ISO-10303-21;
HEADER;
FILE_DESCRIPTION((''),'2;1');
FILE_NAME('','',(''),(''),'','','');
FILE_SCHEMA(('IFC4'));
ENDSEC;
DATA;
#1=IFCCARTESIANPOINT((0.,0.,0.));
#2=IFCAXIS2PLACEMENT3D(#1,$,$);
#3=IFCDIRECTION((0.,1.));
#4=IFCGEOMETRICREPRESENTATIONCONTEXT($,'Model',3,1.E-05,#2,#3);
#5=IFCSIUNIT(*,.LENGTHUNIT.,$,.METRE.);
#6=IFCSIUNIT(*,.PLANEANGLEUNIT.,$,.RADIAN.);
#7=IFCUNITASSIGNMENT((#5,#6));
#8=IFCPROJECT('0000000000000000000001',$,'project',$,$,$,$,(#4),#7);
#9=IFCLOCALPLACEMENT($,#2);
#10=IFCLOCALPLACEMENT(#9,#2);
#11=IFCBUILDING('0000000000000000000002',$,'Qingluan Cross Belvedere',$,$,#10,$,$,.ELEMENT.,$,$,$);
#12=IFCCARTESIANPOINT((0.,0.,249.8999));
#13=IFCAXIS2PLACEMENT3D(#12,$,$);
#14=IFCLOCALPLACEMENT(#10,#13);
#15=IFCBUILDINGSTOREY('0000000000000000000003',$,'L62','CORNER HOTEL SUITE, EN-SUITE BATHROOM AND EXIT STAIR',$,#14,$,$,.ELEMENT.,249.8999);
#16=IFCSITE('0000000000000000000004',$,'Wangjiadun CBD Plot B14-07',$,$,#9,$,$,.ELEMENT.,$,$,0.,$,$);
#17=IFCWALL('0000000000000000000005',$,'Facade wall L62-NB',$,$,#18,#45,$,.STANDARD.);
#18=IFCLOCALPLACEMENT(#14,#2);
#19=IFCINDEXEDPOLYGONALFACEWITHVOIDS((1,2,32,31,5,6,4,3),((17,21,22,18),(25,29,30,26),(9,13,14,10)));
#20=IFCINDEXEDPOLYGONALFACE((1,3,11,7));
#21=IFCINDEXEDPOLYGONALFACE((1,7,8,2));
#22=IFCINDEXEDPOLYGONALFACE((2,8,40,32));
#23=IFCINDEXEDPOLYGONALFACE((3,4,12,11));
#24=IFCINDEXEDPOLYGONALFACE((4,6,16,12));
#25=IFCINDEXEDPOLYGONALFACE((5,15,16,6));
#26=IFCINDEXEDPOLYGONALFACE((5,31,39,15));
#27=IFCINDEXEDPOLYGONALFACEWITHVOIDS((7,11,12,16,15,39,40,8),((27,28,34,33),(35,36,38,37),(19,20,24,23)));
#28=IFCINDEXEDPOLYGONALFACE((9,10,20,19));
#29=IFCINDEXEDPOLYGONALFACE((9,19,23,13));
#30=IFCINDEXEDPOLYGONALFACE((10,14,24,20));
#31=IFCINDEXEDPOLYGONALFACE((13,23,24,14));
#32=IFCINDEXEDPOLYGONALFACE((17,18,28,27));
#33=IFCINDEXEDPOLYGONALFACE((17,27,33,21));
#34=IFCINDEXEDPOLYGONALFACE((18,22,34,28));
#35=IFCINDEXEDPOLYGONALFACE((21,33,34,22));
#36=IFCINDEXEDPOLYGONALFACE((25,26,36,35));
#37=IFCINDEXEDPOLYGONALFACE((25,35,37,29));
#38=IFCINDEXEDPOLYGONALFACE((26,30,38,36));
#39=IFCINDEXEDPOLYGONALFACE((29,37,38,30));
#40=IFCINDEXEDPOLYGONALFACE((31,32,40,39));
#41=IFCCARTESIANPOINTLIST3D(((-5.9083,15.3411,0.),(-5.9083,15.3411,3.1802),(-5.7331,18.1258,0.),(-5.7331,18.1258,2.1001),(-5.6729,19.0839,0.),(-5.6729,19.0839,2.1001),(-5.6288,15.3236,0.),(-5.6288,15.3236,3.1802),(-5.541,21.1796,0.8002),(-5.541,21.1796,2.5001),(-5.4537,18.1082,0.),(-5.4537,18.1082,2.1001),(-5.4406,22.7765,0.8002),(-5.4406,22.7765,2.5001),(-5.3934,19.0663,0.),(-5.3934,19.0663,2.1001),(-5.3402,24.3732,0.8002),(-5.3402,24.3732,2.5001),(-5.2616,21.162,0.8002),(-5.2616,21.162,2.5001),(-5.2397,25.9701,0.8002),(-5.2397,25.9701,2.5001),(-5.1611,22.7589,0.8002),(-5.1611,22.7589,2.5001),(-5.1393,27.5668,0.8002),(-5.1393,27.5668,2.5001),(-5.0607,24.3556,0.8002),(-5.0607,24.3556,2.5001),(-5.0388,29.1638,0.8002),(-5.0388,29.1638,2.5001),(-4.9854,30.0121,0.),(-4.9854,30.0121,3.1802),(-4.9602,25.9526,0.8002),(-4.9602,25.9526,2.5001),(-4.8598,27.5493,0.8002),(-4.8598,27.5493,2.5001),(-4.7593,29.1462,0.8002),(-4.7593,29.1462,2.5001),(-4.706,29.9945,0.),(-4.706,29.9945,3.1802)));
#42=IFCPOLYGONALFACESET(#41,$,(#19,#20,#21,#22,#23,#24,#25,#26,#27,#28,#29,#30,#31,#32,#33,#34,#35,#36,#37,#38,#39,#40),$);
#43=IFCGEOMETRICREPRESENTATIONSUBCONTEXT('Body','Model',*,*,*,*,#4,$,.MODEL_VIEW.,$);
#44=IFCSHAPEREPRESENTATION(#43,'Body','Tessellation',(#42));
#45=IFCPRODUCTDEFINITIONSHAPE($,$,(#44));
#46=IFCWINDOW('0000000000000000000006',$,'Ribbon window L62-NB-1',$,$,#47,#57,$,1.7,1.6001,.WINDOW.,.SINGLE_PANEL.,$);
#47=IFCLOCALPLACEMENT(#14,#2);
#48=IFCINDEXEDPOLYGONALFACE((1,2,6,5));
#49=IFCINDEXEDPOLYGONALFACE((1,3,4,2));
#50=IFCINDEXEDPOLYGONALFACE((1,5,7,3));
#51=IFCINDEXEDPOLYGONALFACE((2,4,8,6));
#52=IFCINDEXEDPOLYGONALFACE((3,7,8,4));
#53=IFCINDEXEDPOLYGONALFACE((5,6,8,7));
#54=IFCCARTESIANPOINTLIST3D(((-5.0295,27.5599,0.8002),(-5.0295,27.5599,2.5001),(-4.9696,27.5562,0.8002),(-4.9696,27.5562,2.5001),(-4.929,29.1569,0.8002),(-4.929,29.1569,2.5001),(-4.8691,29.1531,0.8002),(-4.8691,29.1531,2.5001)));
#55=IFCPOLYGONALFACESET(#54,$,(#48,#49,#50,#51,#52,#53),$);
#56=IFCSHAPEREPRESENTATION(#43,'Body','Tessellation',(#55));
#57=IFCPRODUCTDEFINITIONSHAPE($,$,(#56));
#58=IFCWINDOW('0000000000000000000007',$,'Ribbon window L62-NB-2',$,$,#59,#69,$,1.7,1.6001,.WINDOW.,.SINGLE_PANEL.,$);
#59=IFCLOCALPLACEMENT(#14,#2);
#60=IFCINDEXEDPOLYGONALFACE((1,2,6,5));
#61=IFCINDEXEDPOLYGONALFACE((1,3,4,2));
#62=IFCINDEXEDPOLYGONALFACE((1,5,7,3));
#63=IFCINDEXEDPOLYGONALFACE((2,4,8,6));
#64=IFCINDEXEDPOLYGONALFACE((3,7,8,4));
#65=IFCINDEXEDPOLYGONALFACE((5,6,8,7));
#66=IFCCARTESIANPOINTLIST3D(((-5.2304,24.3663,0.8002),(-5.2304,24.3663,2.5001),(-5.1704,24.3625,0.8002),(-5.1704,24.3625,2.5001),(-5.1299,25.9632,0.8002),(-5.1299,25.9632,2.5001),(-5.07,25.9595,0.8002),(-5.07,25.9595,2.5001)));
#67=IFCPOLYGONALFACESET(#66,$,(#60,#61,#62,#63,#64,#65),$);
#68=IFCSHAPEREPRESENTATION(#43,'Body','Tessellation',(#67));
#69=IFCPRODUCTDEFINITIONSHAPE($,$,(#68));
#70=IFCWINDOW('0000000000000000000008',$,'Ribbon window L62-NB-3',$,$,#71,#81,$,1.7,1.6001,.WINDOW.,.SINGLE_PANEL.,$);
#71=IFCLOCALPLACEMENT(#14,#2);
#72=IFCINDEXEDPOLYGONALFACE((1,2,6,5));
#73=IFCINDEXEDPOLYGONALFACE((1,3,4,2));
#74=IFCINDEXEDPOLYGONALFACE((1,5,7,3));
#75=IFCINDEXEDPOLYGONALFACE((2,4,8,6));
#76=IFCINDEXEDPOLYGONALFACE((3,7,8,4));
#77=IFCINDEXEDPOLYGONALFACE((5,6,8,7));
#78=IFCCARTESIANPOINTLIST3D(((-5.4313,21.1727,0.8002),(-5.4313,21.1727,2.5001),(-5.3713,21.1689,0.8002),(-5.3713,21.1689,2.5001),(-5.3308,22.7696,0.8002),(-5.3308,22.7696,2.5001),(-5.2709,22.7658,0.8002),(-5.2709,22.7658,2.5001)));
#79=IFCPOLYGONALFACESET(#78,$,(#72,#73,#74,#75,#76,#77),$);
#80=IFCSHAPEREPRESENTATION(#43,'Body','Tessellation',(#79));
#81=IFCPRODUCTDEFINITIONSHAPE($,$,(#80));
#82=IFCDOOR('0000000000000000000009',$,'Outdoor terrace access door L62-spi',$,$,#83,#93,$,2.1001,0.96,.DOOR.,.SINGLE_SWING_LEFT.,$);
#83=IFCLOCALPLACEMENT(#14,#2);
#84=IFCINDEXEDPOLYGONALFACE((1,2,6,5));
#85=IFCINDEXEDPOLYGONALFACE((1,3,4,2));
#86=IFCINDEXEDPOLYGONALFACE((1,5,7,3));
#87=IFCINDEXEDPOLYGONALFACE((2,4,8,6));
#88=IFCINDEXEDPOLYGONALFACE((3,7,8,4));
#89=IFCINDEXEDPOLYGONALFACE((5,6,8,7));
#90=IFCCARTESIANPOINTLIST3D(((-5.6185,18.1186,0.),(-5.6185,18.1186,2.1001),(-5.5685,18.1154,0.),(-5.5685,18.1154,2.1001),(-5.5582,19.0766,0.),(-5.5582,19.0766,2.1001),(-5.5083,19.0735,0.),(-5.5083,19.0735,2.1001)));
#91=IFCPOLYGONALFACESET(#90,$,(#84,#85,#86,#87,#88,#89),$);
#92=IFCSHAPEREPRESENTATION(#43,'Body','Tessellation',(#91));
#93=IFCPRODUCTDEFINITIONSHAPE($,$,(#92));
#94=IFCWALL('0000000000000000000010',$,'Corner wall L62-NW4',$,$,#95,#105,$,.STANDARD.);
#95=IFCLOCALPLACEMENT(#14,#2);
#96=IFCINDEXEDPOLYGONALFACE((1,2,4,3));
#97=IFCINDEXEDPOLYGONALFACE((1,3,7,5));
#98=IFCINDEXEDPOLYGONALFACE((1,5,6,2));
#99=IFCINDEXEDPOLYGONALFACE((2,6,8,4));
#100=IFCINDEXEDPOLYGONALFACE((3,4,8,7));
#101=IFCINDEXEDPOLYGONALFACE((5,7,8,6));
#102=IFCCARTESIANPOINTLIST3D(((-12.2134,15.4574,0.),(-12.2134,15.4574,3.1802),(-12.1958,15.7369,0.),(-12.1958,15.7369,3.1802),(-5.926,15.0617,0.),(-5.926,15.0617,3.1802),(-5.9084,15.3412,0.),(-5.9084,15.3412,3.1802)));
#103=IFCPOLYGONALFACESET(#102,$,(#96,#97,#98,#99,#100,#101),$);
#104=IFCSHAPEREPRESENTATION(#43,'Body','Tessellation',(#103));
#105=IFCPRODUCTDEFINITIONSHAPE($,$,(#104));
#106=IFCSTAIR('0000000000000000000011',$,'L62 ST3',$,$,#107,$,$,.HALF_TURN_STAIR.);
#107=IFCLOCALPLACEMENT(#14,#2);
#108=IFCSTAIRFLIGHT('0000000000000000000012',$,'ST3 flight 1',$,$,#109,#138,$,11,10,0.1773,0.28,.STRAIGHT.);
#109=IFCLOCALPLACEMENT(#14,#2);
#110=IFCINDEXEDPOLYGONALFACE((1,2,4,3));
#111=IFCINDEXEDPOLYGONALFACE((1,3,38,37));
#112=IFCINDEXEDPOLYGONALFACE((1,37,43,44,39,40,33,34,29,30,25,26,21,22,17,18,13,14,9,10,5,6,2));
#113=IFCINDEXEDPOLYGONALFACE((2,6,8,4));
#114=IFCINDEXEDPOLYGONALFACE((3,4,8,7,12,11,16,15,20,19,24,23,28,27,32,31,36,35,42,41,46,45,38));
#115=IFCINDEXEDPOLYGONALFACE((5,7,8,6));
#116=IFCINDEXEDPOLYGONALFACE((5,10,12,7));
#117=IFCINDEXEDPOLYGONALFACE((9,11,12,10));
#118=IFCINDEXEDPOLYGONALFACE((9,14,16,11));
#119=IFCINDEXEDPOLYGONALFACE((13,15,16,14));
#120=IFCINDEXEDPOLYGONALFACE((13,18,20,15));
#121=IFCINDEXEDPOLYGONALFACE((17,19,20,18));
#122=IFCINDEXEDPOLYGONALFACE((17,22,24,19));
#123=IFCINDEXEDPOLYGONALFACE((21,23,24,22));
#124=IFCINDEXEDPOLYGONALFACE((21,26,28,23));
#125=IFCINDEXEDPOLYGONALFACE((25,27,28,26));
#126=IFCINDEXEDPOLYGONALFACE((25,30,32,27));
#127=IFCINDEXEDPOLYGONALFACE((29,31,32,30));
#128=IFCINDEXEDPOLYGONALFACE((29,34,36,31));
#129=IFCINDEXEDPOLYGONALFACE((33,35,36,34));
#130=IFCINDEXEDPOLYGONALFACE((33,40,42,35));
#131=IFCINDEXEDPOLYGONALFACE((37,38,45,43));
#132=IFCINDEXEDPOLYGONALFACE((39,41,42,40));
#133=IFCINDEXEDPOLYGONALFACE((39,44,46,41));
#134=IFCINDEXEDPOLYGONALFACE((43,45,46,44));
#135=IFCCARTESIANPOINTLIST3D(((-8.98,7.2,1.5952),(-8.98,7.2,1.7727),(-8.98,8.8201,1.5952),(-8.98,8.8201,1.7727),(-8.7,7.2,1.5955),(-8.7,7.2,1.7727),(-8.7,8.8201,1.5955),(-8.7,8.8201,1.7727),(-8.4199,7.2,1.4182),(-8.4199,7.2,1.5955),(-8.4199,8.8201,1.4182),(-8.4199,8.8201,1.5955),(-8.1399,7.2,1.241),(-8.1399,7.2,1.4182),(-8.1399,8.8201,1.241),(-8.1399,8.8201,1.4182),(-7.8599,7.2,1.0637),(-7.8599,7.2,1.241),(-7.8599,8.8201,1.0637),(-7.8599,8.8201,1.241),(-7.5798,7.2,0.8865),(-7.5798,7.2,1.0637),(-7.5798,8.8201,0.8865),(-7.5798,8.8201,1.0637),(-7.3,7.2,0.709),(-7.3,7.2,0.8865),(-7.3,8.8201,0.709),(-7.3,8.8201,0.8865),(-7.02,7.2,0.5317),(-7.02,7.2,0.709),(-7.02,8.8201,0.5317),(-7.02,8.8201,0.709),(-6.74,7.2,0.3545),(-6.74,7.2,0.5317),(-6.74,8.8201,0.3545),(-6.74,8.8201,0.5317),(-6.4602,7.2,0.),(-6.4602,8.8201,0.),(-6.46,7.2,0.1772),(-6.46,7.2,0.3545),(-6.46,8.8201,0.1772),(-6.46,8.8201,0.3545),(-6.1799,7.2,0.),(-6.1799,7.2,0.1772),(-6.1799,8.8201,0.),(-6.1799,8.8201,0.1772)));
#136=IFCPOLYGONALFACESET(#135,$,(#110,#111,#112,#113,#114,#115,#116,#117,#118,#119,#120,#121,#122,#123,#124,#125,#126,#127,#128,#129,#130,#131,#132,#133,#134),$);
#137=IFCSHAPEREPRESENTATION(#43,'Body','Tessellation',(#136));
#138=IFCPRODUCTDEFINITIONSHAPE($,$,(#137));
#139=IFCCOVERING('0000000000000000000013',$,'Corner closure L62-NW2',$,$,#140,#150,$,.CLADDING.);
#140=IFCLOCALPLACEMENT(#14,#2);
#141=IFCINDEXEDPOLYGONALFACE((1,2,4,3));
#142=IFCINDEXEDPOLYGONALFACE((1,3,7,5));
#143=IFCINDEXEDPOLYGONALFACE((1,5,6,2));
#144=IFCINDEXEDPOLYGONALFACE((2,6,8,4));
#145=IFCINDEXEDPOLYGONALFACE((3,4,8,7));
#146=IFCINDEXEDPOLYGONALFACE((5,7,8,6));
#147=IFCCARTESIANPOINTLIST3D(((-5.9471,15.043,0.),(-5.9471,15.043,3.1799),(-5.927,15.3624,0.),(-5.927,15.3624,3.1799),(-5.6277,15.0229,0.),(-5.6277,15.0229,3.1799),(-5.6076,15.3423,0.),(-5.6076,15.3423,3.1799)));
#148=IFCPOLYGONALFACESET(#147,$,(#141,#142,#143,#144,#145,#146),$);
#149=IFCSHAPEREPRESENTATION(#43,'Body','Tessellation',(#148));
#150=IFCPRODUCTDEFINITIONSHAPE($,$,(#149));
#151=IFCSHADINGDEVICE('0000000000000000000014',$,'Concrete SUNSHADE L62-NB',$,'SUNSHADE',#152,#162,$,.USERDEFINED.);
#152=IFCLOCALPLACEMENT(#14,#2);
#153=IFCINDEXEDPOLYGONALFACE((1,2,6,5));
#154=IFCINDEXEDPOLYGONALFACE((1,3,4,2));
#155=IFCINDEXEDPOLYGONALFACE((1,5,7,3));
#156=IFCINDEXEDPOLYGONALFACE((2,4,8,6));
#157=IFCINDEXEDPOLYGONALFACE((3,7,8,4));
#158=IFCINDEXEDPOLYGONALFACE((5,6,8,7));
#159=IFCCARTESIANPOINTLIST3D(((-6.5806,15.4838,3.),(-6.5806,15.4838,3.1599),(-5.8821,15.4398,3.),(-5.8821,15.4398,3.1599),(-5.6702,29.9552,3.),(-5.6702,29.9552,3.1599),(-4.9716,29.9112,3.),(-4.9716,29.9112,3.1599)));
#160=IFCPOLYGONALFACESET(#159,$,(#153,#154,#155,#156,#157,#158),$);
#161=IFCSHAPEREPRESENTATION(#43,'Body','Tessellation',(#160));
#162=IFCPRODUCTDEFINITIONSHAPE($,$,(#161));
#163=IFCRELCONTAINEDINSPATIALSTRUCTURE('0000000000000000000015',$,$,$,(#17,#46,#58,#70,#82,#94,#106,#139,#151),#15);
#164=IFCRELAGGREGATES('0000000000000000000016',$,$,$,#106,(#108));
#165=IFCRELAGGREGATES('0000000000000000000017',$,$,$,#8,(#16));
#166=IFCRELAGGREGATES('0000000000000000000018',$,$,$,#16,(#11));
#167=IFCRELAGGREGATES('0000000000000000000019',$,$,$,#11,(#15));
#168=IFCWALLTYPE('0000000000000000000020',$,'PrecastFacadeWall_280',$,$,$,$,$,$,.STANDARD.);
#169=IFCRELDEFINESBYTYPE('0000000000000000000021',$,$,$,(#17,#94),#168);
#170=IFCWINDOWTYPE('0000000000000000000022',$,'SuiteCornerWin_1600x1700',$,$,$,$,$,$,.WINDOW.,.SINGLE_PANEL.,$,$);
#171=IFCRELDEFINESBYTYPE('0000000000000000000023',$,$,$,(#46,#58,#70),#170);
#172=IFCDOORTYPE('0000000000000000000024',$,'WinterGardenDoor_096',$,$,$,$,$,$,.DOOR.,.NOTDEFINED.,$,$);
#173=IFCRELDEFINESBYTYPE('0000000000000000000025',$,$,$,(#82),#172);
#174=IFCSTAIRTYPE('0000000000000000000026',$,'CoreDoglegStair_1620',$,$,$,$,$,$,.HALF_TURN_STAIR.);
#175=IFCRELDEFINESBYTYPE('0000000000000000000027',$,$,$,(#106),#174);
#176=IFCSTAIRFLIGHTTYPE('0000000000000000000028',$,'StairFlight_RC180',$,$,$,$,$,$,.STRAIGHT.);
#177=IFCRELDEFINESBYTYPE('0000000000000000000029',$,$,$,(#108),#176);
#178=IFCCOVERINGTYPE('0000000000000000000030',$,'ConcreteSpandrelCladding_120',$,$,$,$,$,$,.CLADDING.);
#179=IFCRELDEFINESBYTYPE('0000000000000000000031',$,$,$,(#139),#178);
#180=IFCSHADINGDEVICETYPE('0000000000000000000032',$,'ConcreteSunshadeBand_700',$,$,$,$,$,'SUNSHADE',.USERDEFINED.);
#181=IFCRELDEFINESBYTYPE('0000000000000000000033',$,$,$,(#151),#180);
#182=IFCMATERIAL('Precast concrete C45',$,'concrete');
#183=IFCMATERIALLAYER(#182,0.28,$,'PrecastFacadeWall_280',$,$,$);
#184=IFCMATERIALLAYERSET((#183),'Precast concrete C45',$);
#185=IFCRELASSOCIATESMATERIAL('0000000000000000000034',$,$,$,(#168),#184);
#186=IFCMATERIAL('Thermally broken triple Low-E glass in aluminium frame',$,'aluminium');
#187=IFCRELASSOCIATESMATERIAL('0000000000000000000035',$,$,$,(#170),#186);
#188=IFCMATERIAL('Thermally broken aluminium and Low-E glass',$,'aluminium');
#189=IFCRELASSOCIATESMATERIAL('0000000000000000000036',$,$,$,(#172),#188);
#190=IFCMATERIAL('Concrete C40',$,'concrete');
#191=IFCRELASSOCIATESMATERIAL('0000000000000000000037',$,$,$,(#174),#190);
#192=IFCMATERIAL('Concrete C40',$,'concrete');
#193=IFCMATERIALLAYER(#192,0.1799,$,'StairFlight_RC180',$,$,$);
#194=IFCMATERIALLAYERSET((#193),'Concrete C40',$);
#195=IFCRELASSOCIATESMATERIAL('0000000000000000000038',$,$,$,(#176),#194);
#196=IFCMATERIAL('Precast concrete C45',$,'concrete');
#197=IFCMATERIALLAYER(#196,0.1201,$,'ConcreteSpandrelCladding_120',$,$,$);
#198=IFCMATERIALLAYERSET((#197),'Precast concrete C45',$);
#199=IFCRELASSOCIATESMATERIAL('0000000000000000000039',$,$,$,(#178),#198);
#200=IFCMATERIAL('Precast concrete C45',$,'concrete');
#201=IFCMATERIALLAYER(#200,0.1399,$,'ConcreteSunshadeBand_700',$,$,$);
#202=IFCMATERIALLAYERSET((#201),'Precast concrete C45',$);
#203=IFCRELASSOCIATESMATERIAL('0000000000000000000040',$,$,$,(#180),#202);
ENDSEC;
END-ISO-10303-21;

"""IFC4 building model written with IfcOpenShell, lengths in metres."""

from ifc_helpers import new_model, si_unit, direction, frame, frame_2d, origin, origin_2d, place, context, subcontext, project, spatial, polyline, rectangle, outline, extrude, material, layer, layer_set, type_object, element, fill, aggregate, save


model = new_model("IFC4")

# Units and contexts
model_context = context("Model", 3, precision=1e-05, world=origin(), true_north=direction((0.0, 1.0)))
body_context = subcontext(model_context, "Body", "Model", "MODEL_VIEW")
ifc_project = project(units=[si_unit("LENGTHUNIT", "METRE"), si_unit("PLANEANGLEUNIT", "RADIAN")], contexts=[model_context])

# Site, building, storey
site_placement = place(None, origin())
site = spatial("IfcSite", under=ifc_project, at=site_placement, Name="Wangjiadun CBD Plot B14-07", CompositionType="ELEMENT", RefElevation=0.0)
building_placement = place(site_placement, origin())
building = spatial("IfcBuilding", under=site, at=building_placement, Name="Qingluan Cross Belvedere", CompositionType="ELEMENT")
storey_placement = place(building_placement, frame((0.0, 0.0, 249.8999)))
storey = spatial("IfcBuildingStorey", under=building, at=storey_placement, Name="L62", Description="CORNER HOTEL SUITE, EN-SUITE BATHROOM AND EXIT STAIR", CompositionType="ELEMENT", Elevation=249.8999)

# Wall, openings, windows, door
ifc_material_1 = material(Name="Precast concrete C45", Category="concrete")
ifc_layer_1 = layer(ifc_material_1, 0.28, Name="PrecastFacadeWall_280")
ifc_layer_set_1 = layer_set([ifc_layer_1], Name="Precast concrete C45")
wall_type_1 = type_object("IfcWallType", Name="PrecastFacadeWall_280", PredefinedType="STANDARD", material=ifc_layer_set_1)
wall_1_placement = place(storey_placement, frame((-4.8457, 30.0034, 0.0), z_axis=(0.0, 0.0, 1.0), x_axis=(-0.062779, -0.998027, 0.0)))
wall_1 = element("IfcWall", 1, at=wall_1_placement, inside=storey, type_object=wall_type_1, Name="Facade wall L62-NB", PredefinedType="STANDARD", context=body_context, shape_type="SweptSolid", body=[
    extrude(rectangle(XDim=14.7, YDim=0.28, at=frame_2d((7.3501, 0.0))), origin(), (0.0, 0.0, 1.0), 3.1802),
])
opening_1_placement = place(wall_1_placement, frame((0.8501, 0.0, 0.8)))
opening_1 = element("IfcOpeningElement", 2, at=opening_1_placement, cuts=wall_1, PredefinedType="OPENING", context=body_context, shape_type="SweptSolid", body=[
    extrude(rectangle(XDim=1.6001, YDim=1.7, at=frame_2d((0.8, 0.8501))), frame((0.0, 0.1499, 0.0), z_axis=(0.0, -1.0, 0.0), x_axis=(1.0, 0.0, 0.0)), (0.0, 0.0, 1.0), 0.3),
])
opening_2_placement = place(wall_1_placement, frame((4.05, 0.0, 0.8)))
opening_2 = element("IfcOpeningElement", 3, at=opening_2_placement, cuts=wall_1, PredefinedType="OPENING", context=body_context, shape_type="SweptSolid", body=[
    extrude(rectangle(XDim=1.6001, YDim=1.7, at=frame_2d((0.8, 0.8501))), frame((0.0, 0.1499, 0.0), z_axis=(0.0, -1.0, 0.0), x_axis=(1.0, 0.0, 0.0)), (0.0, 0.0, 1.0), 0.3),
])
opening_3_placement = place(wall_1_placement, frame((7.25, 0.0, 0.8)))
opening_3 = element("IfcOpeningElement", 4, at=opening_3_placement, cuts=wall_1, PredefinedType="OPENING", context=body_context, shape_type="SweptSolid", body=[
    extrude(rectangle(XDim=1.6001, YDim=1.7, at=frame_2d((0.8, 0.8501))), frame((0.0, 0.1499, 0.0), z_axis=(0.0, -1.0, 0.0), x_axis=(1.0, 0.0, 0.0)), (0.0, 0.0, 1.0), 0.3),
])
opening_4_placement = place(wall_1_placement, frame((10.95, 0.0, 0.0)))
opening_4 = element("IfcOpeningElement", 5, at=opening_4_placement, cuts=wall_1, PredefinedType="OPENING", context=body_context, shape_type="SweptSolid", body=[
    extrude(rectangle(XDim=0.96, YDim=2.1001, at=frame_2d((0.48, 1.05))), frame((0.0, 0.1499, 0.0), z_axis=(0.0, -1.0, 0.0), x_axis=(1.0, 0.0, 0.0)), (0.0, 0.0, 1.0), 0.3),
])
ifc_material_2 = material(Name="Thermally broken triple Low-E glass in aluminium frame", Category="aluminium")
window_type = type_object("IfcWindowType", Name="SuiteCornerWin_1600x1700", PartitioningType="SINGLE_PANEL", PredefinedType="WINDOW", material=ifc_material_2)
window_1_placement = place(opening_1_placement, origin())
window_1 = element("IfcWindow", 6, at=window_1_placement, inside=storey, type_object=window_type, Name="Ribbon window L62-NB-1", OverallHeight=1.7, OverallWidth=1.6001, PartitioningType="SINGLE_PANEL", PredefinedType="WINDOW", context=body_context, shape_type="SweptSolid", body=[
    extrude(rectangle(XDim=1.6001, YDim=1.7, at=frame_2d((0.8, 0.8501))), frame((0.0, 0.03, 0.0), z_axis=(0.0, -1.0, 0.0), x_axis=(1.0, 0.0, 0.0)), (0.0, 0.0, 1.0), 0.0601),
])
fill(opening_1, window_1)
window_2_placement = place(opening_2_placement, origin())
window_2 = element("IfcWindow", 7, at=window_2_placement, inside=storey, type_object=window_type, Name="Ribbon window L62-NB-2", OverallHeight=1.7, OverallWidth=1.6001, PartitioningType="SINGLE_PANEL", PredefinedType="WINDOW", context=body_context, shape_type="SweptSolid", body=[
    extrude(rectangle(XDim=1.6001, YDim=1.7, at=frame_2d((0.8, 0.8501))), frame((0.0, 0.03, 0.0), z_axis=(0.0, -1.0, 0.0), x_axis=(1.0, 0.0, 0.0)), (0.0, 0.0, 1.0), 0.0601),
])
fill(opening_2, window_2)
window_3_placement = place(opening_3_placement, origin())
window_3 = element("IfcWindow", 8, at=window_3_placement, inside=storey, type_object=window_type, Name="Ribbon window L62-NB-3", OverallHeight=1.7, OverallWidth=1.6001, PartitioningType="SINGLE_PANEL", PredefinedType="WINDOW", context=body_context, shape_type="SweptSolid", body=[
    extrude(rectangle(XDim=1.6001, YDim=1.7, at=frame_2d((0.8, 0.8501))), frame((0.0, 0.03, 0.0), z_axis=(0.0, -1.0, 0.0), x_axis=(1.0, 0.0, 0.0)), (0.0, 0.0, 1.0), 0.0601),
])
fill(opening_3, window_3)
ifc_material_3 = material(Name="Thermally broken aluminium and Low-E glass", Category="aluminium")
door_type_1 = type_object("IfcDoorType", Name="WinterGardenDoor_096", OperationType="NOTDEFINED", PredefinedType="DOOR", material=ifc_material_3)
door_1_placement = place(opening_4_placement, origin())
door_1 = element("IfcDoor", 9, at=door_1_placement, inside=storey, type_object=door_type_1, Name="Outdoor terrace access door L62-spi", OperationType="SINGLE_SWING_LEFT", OverallHeight=2.1001, OverallWidth=0.96, PredefinedType="DOOR", context=body_context, shape_type="SweptSolid", body=[
    extrude(rectangle(XDim=0.96, YDim=2.1001, at=frame_2d((0.48, 1.05))), frame((0.0, 0.0249, 0.0), z_axis=(0.0, -1.0, 0.0), x_axis=(1.0, 0.0, 0.0)), (0.0, 0.0, 1.0), 0.05),
])
fill(opening_4, door_1)

# Wall
wall_2_placement = place(storey_placement, frame((-12.2046, 15.5972, 0.0), z_axis=(0.0, 0.0, 1.0), x_axis=(0.998025, -0.06282, 0.0)))
element("IfcWall", 10, at=wall_2_placement, inside=storey, type_object=wall_type_1, Name="Corner wall L62-NW4", PredefinedType="STANDARD", context=body_context, shape_type="SweptSolid", body=[
    extrude(rectangle(XDim=6.2998, YDim=0.28, at=frame_2d((3.1499, 0.0))), origin(), (0.0, 0.0, 1.0), 3.1802),
])

# Stair, stair flight
ifc_material_4 = material(Name="Concrete C40", Category="concrete")
stair_type = type_object("IfcStairType", Name="CoreDoglegStair_1620", PredefinedType="HALF_TURN_STAIR", material=ifc_material_4)
stair_placement = place(storey_placement, origin())
stair = element("IfcStair", 11, at=stair_placement, inside=storey, type_object=stair_type, Name="L62 ST3", PredefinedType="HALF_TURN_STAIR")
ifc_material_5 = material(Name="Concrete C40", Category="concrete")
ifc_layer_2 = layer(ifc_material_5, 0.1799, Name="StairFlight_RC180")
ifc_layer_set_2 = layer_set([ifc_layer_2], Name="Concrete C40")
stair_flight_type = type_object("IfcStairFlightType", Name="StairFlight_RC180", PredefinedType="STRAIGHT", material=ifc_layer_set_2)
stair_flight_placement = place(storey_placement, frame((-6.1799, 8.01, 0.0), z_axis=(0.0, 0.0, 1.0), x_axis=(-1.0, 0.0, 0.0)))
stair_flight = element("IfcStairFlight", 12, at=stair_flight_placement, type_object=stair_flight_type, Name="ST3 flight 1", NumberOfRisers=11, NumberOfTreads=10, PredefinedType="STRAIGHT", RiserHeight=0.1773, TreadLength=0.28, context=body_context, shape_type="SweptSolid", body=[
    extrude(outline(polyline([(0.0, 0.0), (0.0, 0.1772), (0.28, 0.1772), (0.28, 0.3545), (0.5601, 0.3545), (0.5601, 0.5317), (0.8401, 0.5317), (0.8401, 0.709), (1.1201, 0.709), (1.1201, 0.8865), (1.3999, 0.8865), (1.3999, 1.0637), (1.6799, 1.0637), (1.6799, 1.241), (1.96, 1.241), (1.96, 1.4182), (2.24, 1.4182), (2.24, 1.5955), (2.52, 1.5955), (2.52, 1.7727), (2.8, 1.7727), (2.8, 1.95), (2.8, 1.5952), (0.2803, 0.0), (0.0, 0.0)])), frame((0.0, 0.8101, 0.0), z_axis=(0.0, -1.0, 0.0), x_axis=(1.0, 0.0, 0.0)), (0.0, 0.0, 1.0), 1.6201),
])
aggregate(stair, [stair_flight])

# Covering
ifc_material_6 = material(Name="Precast concrete C45", Category="concrete")
ifc_layer_3 = layer(ifc_material_6, 0.1201, Name="ConcreteSpandrelCladding_120")
ifc_layer_set_3 = layer_set([ifc_layer_3], Name="Precast concrete C45")
covering_type_1 = type_object("IfcCoveringType", Name="ConcreteSpandrelCladding_120", PredefinedType="CLADDING", material=ifc_layer_set_3)
covering_1_placement = place(storey_placement, frame((-5.7773, 15.1926, 0.0), z_axis=(0.0, 0.0, 1.0), x_axis=(0.998027, -0.062791, 0.0)))
element("IfcCovering", 13, at=covering_1_placement, inside=storey, type_object=covering_type_1, Name="Corner closure L62-NW2", PredefinedType="CLADDING", context=body_context, shape_type="SweptSolid", body=[
    extrude(rectangle(XDim=0.3201, YDim=0.3201, at=origin_2d()), origin(), (0.0, 0.0, 1.0), 3.1799),
])

# Shading device
ifc_material_7 = material(Name="Precast concrete C45", Category="concrete")
ifc_layer_4 = layer(ifc_material_7, 0.1399, Name="ConcreteSunshadeBand_700")
ifc_layer_set_4 = layer_set([ifc_layer_4], Name="Precast concrete C45")
shading_device_type = type_object("IfcShadingDeviceType", Name="ConcreteSunshadeBand_700", ElementType="SUNSHADE", PredefinedType="USERDEFINED", material=ifc_layer_set_4)
shading_device_placement = place(storey_placement, frame((-5.7761, 22.6975, 3.0), z_axis=(0.0, 0.0, 1.0), x_axis=(-0.062789, -0.998027, 0.0)))
element("IfcShadingDevice", 14, at=shading_device_placement, inside=storey, type_object=shading_device_type, Name="Concrete SUNSHADE L62-NB", ObjectType="SUNSHADE", PredefinedType="USERDEFINED", context=body_context, shape_type="SweptSolid", body=[
    extrude(rectangle(XDim=14.5, YDim=0.7, at=origin_2d()), origin(), (0.0, 0.0, 1.0), 0.1599),
])

save(model, "model.ifc")
